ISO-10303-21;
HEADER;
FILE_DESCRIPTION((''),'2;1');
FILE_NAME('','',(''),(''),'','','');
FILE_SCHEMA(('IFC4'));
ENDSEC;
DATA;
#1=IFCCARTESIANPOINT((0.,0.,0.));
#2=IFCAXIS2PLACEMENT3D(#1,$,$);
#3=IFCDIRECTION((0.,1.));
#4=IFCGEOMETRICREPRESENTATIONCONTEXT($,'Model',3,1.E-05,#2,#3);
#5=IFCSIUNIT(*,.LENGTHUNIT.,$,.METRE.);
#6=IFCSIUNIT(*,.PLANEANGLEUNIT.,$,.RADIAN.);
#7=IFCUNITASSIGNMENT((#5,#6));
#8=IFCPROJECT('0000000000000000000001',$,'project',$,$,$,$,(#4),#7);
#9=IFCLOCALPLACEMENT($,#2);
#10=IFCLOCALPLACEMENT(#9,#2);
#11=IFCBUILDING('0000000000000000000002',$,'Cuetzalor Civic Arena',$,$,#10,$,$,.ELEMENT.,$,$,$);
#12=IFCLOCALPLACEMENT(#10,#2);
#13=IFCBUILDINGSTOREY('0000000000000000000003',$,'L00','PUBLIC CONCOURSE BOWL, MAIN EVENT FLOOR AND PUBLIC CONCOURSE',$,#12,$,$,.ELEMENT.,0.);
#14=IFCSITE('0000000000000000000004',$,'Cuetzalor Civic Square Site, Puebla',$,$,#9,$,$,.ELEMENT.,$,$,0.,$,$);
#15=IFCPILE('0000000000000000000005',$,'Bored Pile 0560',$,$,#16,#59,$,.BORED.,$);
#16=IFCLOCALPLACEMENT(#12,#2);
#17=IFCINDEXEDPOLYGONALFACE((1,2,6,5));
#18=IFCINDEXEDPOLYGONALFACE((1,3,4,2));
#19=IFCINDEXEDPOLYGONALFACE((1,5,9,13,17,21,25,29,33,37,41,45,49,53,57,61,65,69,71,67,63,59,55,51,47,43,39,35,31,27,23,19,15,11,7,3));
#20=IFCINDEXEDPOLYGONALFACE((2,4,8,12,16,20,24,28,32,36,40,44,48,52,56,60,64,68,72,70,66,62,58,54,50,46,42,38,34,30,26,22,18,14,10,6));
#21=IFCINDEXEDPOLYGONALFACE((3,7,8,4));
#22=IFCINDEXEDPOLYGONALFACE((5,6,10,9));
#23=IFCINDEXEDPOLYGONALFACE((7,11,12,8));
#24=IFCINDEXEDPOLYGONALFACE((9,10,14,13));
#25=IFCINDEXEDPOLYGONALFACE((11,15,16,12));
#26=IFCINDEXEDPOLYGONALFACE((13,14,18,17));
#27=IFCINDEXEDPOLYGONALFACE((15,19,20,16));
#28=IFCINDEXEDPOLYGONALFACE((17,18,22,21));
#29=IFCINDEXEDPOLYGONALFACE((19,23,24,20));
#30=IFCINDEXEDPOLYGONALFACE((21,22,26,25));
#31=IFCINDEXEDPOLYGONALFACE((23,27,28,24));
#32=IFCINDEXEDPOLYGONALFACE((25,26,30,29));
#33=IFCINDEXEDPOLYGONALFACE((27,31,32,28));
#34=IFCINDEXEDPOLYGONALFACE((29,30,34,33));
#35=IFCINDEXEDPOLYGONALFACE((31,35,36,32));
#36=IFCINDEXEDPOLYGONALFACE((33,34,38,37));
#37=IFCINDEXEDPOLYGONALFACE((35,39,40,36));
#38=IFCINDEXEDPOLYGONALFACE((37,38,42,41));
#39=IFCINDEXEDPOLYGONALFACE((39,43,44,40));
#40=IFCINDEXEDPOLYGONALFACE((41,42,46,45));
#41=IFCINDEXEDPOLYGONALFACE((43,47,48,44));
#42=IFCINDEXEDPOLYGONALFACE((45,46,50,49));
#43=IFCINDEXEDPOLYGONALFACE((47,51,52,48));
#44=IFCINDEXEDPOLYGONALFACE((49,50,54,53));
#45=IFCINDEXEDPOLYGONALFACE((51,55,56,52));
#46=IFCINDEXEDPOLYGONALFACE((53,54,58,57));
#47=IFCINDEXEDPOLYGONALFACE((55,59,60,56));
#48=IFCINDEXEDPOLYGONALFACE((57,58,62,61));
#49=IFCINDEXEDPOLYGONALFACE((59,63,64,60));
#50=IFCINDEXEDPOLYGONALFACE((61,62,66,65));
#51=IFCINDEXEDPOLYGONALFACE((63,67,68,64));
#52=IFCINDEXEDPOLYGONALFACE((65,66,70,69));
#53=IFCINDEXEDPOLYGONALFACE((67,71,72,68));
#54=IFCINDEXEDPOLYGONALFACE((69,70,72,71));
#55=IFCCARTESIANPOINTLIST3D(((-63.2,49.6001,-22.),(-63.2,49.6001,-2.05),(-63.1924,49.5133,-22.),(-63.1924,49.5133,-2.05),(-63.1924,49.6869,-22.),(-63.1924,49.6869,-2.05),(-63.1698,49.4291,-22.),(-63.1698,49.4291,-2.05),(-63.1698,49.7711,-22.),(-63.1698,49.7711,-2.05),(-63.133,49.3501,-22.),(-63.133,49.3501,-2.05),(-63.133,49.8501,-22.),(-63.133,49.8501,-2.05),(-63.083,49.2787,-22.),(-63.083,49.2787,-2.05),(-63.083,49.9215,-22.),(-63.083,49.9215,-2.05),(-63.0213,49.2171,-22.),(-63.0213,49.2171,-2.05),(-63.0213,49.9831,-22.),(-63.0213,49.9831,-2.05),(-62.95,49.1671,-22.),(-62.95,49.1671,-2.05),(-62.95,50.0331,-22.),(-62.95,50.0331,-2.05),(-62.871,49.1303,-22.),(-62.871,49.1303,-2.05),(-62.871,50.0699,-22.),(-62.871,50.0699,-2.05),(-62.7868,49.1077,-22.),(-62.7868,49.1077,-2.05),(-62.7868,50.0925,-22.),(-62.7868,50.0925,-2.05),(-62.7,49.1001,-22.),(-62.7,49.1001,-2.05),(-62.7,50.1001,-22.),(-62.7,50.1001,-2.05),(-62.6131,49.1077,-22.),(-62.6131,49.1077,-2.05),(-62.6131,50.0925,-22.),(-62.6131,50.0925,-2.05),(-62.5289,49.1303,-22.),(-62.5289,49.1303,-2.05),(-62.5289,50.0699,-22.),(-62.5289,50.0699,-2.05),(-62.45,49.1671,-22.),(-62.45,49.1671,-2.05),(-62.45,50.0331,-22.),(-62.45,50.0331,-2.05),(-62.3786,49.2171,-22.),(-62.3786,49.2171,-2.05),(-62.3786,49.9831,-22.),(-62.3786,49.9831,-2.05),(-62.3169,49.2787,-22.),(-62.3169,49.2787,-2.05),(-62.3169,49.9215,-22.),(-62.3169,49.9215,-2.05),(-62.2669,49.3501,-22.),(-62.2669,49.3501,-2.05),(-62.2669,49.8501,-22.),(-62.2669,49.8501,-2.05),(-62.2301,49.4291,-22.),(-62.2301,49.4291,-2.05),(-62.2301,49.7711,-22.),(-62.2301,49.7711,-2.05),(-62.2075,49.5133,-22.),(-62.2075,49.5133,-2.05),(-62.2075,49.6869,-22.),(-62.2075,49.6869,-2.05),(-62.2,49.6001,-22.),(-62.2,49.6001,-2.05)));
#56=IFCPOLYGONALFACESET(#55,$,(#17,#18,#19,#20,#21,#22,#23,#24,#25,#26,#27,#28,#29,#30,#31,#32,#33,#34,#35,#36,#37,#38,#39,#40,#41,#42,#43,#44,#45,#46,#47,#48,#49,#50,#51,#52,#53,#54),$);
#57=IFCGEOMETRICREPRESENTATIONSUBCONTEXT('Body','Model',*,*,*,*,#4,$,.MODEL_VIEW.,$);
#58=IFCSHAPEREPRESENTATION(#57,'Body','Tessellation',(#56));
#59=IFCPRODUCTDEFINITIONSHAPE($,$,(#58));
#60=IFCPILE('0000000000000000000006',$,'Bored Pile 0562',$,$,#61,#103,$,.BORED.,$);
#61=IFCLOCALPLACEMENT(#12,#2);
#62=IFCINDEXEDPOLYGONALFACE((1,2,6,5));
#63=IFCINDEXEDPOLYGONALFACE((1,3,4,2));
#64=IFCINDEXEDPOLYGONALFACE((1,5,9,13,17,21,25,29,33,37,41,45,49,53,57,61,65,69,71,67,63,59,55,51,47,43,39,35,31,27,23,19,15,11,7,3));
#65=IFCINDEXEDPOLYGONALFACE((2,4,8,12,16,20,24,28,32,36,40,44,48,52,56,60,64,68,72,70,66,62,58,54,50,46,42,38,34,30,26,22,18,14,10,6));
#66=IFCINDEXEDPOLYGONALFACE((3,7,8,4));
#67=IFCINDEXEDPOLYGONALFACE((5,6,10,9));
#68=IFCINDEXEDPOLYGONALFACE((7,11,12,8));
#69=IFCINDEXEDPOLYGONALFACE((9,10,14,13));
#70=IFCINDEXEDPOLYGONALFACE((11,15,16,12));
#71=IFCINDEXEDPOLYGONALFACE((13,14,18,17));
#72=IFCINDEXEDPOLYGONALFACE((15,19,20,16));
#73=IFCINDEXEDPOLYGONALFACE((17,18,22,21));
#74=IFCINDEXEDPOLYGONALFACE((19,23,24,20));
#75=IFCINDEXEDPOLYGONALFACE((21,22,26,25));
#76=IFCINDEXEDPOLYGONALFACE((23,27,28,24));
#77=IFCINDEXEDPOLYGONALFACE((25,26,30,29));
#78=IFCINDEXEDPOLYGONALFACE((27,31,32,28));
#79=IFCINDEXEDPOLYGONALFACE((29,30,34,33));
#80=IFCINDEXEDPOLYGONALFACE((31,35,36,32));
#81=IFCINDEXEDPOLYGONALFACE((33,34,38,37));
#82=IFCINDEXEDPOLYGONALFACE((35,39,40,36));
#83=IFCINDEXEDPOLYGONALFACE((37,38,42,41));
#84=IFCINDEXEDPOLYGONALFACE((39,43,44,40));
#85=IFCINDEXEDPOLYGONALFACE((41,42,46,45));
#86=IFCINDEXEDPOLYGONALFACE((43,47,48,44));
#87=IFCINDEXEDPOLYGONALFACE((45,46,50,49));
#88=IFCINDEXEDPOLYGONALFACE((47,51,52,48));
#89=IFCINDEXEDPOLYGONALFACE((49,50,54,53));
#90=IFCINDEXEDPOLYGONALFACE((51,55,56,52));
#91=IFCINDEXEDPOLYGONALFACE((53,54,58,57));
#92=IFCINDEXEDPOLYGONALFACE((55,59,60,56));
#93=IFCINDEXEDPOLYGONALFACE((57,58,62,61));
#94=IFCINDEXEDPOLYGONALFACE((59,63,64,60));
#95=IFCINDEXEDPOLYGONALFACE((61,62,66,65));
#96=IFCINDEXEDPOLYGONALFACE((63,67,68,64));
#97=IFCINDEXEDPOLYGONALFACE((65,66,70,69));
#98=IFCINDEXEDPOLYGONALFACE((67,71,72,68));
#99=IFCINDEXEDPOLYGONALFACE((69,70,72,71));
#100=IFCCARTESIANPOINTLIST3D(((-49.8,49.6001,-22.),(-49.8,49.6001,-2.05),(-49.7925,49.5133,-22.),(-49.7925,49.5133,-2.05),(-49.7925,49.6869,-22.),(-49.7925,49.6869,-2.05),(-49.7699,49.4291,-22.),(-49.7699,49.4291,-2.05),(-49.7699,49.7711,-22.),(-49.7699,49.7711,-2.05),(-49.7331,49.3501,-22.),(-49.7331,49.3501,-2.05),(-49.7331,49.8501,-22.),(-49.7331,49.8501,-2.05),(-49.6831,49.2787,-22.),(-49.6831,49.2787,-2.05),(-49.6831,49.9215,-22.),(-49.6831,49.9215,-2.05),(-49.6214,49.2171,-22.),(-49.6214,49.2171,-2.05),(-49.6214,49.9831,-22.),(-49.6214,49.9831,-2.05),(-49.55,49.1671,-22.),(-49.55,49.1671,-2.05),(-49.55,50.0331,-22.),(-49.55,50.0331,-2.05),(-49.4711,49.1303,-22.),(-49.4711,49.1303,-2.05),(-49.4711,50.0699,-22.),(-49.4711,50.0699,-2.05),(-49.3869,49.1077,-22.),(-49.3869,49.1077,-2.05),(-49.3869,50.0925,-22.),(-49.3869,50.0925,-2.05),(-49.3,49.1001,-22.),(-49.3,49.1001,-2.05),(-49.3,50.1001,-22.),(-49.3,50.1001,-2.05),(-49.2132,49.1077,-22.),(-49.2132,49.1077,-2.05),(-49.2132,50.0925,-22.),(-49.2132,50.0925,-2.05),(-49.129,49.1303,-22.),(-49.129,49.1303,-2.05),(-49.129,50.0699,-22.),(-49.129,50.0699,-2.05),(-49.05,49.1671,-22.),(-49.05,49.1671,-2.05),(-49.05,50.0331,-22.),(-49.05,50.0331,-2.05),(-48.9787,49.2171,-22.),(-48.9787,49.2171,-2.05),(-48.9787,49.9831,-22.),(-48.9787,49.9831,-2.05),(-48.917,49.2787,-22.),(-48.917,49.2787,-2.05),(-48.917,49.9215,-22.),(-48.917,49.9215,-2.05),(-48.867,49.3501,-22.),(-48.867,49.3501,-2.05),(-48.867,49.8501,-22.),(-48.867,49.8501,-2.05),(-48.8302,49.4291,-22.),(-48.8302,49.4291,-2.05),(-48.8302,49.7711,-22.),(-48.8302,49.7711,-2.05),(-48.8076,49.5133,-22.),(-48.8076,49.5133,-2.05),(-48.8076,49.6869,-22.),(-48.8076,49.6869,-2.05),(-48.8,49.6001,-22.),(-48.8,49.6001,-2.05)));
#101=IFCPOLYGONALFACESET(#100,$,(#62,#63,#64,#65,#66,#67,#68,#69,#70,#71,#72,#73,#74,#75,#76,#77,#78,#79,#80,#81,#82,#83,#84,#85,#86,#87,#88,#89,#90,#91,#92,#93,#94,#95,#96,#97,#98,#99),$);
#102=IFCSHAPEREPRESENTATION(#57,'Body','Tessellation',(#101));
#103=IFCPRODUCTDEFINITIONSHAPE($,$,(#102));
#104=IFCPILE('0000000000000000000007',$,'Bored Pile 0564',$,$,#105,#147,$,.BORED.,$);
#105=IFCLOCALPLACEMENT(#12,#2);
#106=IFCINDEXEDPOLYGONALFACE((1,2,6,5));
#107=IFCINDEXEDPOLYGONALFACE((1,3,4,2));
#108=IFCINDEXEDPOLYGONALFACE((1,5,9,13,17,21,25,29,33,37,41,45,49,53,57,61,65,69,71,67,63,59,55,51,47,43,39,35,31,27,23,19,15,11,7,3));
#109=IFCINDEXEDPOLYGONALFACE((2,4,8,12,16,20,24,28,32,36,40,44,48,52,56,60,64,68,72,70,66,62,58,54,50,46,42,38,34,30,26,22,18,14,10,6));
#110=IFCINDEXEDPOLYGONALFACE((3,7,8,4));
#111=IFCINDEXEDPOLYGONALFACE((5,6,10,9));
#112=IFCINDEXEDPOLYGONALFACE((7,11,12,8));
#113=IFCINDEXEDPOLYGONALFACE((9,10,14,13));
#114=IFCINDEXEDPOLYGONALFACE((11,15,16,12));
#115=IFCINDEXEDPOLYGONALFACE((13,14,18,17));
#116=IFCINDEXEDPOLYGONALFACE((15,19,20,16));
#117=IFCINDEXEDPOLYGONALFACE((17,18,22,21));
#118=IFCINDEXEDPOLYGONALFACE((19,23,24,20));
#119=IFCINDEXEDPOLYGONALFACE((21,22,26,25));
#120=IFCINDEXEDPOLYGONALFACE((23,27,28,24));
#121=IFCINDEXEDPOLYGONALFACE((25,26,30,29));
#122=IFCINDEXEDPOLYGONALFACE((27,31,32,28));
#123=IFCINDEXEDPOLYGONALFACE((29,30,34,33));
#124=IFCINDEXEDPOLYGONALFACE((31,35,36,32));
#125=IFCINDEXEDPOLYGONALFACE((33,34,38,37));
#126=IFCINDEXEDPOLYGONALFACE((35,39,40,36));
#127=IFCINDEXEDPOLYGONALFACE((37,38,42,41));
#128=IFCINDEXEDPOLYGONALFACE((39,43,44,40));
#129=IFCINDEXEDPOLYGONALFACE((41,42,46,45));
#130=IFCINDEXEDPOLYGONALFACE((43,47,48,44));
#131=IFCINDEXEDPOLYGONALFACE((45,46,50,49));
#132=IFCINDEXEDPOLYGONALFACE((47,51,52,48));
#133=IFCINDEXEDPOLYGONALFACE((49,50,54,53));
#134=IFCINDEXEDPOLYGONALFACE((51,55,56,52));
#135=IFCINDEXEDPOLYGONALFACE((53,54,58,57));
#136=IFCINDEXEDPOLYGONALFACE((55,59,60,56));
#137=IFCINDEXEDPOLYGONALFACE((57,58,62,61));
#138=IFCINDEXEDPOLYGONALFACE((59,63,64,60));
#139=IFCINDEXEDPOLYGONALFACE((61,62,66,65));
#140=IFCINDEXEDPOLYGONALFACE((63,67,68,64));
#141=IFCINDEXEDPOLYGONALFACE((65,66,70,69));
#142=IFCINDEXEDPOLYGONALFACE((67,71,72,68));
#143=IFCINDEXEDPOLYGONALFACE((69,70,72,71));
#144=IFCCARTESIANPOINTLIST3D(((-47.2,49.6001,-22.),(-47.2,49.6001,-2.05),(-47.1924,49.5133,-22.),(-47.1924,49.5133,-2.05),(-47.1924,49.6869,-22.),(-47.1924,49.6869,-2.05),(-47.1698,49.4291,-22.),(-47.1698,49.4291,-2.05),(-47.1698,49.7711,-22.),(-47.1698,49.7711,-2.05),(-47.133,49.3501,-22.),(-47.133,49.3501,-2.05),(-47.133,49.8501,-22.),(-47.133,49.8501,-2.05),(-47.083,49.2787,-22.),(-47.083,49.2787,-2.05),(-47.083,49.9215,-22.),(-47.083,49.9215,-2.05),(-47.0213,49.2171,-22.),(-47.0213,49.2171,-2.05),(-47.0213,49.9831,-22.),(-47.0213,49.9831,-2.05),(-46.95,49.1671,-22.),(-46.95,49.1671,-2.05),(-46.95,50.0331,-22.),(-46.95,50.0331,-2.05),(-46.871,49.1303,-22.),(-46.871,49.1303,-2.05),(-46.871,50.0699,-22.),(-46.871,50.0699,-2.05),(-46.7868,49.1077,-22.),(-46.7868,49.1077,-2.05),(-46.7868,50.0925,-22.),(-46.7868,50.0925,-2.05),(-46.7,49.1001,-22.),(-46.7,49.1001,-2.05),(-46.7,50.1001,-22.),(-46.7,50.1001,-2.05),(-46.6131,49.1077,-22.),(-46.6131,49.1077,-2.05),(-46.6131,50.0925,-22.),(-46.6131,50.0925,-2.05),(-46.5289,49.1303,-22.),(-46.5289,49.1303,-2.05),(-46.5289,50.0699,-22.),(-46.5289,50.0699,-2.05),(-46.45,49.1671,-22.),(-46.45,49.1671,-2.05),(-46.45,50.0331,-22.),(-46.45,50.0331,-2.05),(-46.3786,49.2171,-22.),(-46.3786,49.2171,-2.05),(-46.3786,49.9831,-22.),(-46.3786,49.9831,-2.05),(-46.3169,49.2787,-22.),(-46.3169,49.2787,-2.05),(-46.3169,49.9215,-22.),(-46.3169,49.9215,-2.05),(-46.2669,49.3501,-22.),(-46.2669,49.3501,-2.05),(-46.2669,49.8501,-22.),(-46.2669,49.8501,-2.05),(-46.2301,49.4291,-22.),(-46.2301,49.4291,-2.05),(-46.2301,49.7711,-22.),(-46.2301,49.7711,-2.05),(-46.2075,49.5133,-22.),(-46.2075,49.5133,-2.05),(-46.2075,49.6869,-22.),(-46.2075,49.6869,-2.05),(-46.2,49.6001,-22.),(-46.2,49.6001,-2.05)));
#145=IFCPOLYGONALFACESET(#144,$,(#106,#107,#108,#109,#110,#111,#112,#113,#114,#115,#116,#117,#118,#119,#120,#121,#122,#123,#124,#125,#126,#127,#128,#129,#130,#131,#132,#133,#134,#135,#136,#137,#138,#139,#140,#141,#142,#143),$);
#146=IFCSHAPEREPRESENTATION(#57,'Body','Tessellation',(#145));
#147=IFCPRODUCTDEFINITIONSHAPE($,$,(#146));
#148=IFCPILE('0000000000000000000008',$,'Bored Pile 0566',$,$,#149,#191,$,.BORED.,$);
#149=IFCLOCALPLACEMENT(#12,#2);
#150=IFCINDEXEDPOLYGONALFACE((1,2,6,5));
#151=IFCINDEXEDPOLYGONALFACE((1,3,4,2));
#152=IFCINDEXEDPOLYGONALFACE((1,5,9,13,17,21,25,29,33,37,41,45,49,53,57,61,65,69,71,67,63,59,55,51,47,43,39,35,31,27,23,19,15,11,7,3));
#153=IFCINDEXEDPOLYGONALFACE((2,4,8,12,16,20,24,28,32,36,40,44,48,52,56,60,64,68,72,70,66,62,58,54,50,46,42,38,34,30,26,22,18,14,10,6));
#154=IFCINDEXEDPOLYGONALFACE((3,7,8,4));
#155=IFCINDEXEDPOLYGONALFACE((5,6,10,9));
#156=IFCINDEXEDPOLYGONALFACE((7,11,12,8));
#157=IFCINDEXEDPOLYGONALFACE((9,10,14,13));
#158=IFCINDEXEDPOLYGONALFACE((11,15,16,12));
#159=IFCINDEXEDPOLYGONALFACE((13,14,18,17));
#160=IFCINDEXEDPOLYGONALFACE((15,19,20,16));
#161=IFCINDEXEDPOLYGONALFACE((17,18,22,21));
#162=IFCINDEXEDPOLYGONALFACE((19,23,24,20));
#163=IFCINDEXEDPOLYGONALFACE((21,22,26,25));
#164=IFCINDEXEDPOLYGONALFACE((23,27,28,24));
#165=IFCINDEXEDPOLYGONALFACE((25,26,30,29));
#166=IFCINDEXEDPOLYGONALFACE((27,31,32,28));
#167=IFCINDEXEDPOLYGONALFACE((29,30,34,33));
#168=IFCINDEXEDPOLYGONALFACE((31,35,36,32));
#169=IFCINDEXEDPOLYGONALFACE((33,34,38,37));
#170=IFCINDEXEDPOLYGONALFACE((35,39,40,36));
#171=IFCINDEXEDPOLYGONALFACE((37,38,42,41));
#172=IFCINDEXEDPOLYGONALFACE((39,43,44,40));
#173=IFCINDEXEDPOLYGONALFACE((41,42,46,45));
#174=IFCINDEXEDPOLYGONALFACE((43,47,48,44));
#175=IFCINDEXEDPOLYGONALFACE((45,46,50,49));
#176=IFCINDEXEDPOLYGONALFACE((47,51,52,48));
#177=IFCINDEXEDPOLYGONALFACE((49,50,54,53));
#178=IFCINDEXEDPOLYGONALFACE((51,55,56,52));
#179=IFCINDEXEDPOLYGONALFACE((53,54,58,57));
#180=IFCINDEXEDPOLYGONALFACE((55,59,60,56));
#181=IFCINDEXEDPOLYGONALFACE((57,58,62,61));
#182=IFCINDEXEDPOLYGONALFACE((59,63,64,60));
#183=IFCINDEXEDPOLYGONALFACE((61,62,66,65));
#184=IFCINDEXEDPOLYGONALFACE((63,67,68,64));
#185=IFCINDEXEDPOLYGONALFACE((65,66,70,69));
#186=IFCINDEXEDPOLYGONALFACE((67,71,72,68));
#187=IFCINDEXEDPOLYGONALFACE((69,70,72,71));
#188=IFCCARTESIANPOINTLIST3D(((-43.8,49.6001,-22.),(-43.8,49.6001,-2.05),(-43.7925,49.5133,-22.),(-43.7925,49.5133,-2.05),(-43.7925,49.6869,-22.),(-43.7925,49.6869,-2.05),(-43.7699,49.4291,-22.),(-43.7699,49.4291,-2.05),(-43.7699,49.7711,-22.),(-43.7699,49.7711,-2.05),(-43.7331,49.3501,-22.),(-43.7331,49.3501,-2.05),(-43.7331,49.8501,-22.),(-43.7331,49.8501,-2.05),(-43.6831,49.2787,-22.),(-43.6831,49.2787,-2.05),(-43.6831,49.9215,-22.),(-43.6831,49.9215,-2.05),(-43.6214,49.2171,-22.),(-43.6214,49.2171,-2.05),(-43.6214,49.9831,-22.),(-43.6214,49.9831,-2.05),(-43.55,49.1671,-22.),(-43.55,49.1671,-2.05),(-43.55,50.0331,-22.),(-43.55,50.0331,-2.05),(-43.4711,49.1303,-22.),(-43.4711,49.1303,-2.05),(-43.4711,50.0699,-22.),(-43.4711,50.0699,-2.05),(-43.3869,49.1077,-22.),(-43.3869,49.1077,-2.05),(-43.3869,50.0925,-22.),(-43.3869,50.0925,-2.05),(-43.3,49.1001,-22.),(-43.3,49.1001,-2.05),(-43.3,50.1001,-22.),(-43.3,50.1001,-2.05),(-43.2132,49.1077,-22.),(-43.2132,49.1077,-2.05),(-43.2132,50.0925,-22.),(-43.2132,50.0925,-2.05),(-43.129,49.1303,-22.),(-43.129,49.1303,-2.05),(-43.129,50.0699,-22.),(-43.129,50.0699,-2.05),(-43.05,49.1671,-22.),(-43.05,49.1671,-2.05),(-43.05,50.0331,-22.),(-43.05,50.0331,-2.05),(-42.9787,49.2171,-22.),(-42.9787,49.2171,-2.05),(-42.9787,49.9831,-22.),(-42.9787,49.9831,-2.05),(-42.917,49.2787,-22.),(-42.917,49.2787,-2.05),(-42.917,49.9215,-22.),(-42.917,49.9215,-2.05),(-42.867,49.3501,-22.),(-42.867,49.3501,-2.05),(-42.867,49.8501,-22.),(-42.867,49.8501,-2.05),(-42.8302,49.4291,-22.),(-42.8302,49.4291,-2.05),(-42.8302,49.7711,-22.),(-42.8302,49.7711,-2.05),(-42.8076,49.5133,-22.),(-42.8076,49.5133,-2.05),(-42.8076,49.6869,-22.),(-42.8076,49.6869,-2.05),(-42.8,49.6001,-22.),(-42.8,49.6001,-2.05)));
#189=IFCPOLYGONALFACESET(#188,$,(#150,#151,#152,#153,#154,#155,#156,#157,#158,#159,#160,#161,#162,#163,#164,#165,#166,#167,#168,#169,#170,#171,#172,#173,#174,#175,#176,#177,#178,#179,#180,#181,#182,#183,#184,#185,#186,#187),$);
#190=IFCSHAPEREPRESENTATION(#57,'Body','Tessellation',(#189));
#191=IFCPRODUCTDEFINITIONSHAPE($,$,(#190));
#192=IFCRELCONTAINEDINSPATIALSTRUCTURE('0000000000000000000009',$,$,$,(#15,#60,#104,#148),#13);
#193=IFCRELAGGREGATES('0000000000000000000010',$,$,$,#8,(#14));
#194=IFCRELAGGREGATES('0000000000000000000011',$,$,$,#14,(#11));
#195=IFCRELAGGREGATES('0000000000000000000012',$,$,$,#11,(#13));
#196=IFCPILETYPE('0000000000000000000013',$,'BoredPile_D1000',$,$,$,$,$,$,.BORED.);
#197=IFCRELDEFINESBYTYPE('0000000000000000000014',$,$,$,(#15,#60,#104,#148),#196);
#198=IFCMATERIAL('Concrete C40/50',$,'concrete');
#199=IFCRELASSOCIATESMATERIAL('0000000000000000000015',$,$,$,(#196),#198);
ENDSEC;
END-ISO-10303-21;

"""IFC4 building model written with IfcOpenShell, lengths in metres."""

from ifc_helpers import new_model, si_unit, direction, frame, origin, origin_2d, place, context, subcontext, project, spatial, circle, extrude, material, material_profile, profile_set, type_object, element, save


model = new_model("IFC4")

# Units and contexts
model_context = context("Model", 3, precision=1e-05, world=origin(), true_north=direction((0.0, 1.0)))
body_context = subcontext(model_context, "Body", "Model", "MODEL_VIEW")
ifc_project = project(units=[si_unit("LENGTHUNIT", "METRE"), si_unit("PLANEANGLEUNIT", "RADIAN")], contexts=[model_context])

# Site, building, storey
site_placement = place(None, origin())
site = spatial("IfcSite", under=ifc_project, at=site_placement, Name="Cuetzalor Civic Square Site, Puebla", CompositionType="ELEMENT", RefElevation=0.0)
building_placement = place(site_placement, origin())
building = spatial("IfcBuilding", under=site, at=building_placement, Name="Cuetzalor Civic Arena", CompositionType="ELEMENT")
storey_placement = place(building_placement, origin())
storey = spatial("IfcBuildingStorey", under=building, at=storey_placement, Name="L00", Description="PUBLIC CONCOURSE BOWL, MAIN EVENT FLOOR AND PUBLIC CONCOURSE", CompositionType="ELEMENT", Elevation=0.0)

# Piles
ifc_material_1 = material(Name="Concrete C40/50", Category="concrete")
ifc_material_profile_1 = material_profile(ifc_material_1, circle(Radius=0.5, at=origin_2d()), Name="BORED PILE D1000")
ifc_profile_set_1 = profile_set([ifc_material_profile_1], Name="Concrete C40/50")
pile_type = type_object("IfcPileType", Name="BoredPile_D1000", PredefinedType="BORED", material=ifc_profile_set_1)
for number, where, z_axis, x_axis, name in (
    (1, (-62.7, 49.6001, -2.05), (0.0, 0.0, -1.0), (1.0, 0.0, 0.0), "Bored Pile 0560"),
    (2, (-49.3, 49.6001, -2.05), (0.0, 0.0, -1.0), (1.0, 0.0, 0.0), "Bored Pile 0562"),
    (3, (-46.7, 49.6001, -2.05), (0.0, 0.0, -1.0), (1.0, 0.0, 0.0), "Bored Pile 0564"),
    (4, (-43.3, 49.6001, -2.05), (0.0, 0.0, -1.0), (1.0, 0.0, 0.0), "Bored Pile 0566"),
):
    element("IfcPile", number, at=place(storey_placement, frame(where, z_axis=z_axis, x_axis=x_axis)), inside=storey, type_object=pile_type, Name=name, PredefinedType="BORED", context=body_context, shape_type="SweptSolid", body=[
        extrude(circle(Radius=0.5, at=origin_2d()), origin(), (0.0, 0.0, 1.0), 19.95),
    ])

save(model, "model.ifc")
